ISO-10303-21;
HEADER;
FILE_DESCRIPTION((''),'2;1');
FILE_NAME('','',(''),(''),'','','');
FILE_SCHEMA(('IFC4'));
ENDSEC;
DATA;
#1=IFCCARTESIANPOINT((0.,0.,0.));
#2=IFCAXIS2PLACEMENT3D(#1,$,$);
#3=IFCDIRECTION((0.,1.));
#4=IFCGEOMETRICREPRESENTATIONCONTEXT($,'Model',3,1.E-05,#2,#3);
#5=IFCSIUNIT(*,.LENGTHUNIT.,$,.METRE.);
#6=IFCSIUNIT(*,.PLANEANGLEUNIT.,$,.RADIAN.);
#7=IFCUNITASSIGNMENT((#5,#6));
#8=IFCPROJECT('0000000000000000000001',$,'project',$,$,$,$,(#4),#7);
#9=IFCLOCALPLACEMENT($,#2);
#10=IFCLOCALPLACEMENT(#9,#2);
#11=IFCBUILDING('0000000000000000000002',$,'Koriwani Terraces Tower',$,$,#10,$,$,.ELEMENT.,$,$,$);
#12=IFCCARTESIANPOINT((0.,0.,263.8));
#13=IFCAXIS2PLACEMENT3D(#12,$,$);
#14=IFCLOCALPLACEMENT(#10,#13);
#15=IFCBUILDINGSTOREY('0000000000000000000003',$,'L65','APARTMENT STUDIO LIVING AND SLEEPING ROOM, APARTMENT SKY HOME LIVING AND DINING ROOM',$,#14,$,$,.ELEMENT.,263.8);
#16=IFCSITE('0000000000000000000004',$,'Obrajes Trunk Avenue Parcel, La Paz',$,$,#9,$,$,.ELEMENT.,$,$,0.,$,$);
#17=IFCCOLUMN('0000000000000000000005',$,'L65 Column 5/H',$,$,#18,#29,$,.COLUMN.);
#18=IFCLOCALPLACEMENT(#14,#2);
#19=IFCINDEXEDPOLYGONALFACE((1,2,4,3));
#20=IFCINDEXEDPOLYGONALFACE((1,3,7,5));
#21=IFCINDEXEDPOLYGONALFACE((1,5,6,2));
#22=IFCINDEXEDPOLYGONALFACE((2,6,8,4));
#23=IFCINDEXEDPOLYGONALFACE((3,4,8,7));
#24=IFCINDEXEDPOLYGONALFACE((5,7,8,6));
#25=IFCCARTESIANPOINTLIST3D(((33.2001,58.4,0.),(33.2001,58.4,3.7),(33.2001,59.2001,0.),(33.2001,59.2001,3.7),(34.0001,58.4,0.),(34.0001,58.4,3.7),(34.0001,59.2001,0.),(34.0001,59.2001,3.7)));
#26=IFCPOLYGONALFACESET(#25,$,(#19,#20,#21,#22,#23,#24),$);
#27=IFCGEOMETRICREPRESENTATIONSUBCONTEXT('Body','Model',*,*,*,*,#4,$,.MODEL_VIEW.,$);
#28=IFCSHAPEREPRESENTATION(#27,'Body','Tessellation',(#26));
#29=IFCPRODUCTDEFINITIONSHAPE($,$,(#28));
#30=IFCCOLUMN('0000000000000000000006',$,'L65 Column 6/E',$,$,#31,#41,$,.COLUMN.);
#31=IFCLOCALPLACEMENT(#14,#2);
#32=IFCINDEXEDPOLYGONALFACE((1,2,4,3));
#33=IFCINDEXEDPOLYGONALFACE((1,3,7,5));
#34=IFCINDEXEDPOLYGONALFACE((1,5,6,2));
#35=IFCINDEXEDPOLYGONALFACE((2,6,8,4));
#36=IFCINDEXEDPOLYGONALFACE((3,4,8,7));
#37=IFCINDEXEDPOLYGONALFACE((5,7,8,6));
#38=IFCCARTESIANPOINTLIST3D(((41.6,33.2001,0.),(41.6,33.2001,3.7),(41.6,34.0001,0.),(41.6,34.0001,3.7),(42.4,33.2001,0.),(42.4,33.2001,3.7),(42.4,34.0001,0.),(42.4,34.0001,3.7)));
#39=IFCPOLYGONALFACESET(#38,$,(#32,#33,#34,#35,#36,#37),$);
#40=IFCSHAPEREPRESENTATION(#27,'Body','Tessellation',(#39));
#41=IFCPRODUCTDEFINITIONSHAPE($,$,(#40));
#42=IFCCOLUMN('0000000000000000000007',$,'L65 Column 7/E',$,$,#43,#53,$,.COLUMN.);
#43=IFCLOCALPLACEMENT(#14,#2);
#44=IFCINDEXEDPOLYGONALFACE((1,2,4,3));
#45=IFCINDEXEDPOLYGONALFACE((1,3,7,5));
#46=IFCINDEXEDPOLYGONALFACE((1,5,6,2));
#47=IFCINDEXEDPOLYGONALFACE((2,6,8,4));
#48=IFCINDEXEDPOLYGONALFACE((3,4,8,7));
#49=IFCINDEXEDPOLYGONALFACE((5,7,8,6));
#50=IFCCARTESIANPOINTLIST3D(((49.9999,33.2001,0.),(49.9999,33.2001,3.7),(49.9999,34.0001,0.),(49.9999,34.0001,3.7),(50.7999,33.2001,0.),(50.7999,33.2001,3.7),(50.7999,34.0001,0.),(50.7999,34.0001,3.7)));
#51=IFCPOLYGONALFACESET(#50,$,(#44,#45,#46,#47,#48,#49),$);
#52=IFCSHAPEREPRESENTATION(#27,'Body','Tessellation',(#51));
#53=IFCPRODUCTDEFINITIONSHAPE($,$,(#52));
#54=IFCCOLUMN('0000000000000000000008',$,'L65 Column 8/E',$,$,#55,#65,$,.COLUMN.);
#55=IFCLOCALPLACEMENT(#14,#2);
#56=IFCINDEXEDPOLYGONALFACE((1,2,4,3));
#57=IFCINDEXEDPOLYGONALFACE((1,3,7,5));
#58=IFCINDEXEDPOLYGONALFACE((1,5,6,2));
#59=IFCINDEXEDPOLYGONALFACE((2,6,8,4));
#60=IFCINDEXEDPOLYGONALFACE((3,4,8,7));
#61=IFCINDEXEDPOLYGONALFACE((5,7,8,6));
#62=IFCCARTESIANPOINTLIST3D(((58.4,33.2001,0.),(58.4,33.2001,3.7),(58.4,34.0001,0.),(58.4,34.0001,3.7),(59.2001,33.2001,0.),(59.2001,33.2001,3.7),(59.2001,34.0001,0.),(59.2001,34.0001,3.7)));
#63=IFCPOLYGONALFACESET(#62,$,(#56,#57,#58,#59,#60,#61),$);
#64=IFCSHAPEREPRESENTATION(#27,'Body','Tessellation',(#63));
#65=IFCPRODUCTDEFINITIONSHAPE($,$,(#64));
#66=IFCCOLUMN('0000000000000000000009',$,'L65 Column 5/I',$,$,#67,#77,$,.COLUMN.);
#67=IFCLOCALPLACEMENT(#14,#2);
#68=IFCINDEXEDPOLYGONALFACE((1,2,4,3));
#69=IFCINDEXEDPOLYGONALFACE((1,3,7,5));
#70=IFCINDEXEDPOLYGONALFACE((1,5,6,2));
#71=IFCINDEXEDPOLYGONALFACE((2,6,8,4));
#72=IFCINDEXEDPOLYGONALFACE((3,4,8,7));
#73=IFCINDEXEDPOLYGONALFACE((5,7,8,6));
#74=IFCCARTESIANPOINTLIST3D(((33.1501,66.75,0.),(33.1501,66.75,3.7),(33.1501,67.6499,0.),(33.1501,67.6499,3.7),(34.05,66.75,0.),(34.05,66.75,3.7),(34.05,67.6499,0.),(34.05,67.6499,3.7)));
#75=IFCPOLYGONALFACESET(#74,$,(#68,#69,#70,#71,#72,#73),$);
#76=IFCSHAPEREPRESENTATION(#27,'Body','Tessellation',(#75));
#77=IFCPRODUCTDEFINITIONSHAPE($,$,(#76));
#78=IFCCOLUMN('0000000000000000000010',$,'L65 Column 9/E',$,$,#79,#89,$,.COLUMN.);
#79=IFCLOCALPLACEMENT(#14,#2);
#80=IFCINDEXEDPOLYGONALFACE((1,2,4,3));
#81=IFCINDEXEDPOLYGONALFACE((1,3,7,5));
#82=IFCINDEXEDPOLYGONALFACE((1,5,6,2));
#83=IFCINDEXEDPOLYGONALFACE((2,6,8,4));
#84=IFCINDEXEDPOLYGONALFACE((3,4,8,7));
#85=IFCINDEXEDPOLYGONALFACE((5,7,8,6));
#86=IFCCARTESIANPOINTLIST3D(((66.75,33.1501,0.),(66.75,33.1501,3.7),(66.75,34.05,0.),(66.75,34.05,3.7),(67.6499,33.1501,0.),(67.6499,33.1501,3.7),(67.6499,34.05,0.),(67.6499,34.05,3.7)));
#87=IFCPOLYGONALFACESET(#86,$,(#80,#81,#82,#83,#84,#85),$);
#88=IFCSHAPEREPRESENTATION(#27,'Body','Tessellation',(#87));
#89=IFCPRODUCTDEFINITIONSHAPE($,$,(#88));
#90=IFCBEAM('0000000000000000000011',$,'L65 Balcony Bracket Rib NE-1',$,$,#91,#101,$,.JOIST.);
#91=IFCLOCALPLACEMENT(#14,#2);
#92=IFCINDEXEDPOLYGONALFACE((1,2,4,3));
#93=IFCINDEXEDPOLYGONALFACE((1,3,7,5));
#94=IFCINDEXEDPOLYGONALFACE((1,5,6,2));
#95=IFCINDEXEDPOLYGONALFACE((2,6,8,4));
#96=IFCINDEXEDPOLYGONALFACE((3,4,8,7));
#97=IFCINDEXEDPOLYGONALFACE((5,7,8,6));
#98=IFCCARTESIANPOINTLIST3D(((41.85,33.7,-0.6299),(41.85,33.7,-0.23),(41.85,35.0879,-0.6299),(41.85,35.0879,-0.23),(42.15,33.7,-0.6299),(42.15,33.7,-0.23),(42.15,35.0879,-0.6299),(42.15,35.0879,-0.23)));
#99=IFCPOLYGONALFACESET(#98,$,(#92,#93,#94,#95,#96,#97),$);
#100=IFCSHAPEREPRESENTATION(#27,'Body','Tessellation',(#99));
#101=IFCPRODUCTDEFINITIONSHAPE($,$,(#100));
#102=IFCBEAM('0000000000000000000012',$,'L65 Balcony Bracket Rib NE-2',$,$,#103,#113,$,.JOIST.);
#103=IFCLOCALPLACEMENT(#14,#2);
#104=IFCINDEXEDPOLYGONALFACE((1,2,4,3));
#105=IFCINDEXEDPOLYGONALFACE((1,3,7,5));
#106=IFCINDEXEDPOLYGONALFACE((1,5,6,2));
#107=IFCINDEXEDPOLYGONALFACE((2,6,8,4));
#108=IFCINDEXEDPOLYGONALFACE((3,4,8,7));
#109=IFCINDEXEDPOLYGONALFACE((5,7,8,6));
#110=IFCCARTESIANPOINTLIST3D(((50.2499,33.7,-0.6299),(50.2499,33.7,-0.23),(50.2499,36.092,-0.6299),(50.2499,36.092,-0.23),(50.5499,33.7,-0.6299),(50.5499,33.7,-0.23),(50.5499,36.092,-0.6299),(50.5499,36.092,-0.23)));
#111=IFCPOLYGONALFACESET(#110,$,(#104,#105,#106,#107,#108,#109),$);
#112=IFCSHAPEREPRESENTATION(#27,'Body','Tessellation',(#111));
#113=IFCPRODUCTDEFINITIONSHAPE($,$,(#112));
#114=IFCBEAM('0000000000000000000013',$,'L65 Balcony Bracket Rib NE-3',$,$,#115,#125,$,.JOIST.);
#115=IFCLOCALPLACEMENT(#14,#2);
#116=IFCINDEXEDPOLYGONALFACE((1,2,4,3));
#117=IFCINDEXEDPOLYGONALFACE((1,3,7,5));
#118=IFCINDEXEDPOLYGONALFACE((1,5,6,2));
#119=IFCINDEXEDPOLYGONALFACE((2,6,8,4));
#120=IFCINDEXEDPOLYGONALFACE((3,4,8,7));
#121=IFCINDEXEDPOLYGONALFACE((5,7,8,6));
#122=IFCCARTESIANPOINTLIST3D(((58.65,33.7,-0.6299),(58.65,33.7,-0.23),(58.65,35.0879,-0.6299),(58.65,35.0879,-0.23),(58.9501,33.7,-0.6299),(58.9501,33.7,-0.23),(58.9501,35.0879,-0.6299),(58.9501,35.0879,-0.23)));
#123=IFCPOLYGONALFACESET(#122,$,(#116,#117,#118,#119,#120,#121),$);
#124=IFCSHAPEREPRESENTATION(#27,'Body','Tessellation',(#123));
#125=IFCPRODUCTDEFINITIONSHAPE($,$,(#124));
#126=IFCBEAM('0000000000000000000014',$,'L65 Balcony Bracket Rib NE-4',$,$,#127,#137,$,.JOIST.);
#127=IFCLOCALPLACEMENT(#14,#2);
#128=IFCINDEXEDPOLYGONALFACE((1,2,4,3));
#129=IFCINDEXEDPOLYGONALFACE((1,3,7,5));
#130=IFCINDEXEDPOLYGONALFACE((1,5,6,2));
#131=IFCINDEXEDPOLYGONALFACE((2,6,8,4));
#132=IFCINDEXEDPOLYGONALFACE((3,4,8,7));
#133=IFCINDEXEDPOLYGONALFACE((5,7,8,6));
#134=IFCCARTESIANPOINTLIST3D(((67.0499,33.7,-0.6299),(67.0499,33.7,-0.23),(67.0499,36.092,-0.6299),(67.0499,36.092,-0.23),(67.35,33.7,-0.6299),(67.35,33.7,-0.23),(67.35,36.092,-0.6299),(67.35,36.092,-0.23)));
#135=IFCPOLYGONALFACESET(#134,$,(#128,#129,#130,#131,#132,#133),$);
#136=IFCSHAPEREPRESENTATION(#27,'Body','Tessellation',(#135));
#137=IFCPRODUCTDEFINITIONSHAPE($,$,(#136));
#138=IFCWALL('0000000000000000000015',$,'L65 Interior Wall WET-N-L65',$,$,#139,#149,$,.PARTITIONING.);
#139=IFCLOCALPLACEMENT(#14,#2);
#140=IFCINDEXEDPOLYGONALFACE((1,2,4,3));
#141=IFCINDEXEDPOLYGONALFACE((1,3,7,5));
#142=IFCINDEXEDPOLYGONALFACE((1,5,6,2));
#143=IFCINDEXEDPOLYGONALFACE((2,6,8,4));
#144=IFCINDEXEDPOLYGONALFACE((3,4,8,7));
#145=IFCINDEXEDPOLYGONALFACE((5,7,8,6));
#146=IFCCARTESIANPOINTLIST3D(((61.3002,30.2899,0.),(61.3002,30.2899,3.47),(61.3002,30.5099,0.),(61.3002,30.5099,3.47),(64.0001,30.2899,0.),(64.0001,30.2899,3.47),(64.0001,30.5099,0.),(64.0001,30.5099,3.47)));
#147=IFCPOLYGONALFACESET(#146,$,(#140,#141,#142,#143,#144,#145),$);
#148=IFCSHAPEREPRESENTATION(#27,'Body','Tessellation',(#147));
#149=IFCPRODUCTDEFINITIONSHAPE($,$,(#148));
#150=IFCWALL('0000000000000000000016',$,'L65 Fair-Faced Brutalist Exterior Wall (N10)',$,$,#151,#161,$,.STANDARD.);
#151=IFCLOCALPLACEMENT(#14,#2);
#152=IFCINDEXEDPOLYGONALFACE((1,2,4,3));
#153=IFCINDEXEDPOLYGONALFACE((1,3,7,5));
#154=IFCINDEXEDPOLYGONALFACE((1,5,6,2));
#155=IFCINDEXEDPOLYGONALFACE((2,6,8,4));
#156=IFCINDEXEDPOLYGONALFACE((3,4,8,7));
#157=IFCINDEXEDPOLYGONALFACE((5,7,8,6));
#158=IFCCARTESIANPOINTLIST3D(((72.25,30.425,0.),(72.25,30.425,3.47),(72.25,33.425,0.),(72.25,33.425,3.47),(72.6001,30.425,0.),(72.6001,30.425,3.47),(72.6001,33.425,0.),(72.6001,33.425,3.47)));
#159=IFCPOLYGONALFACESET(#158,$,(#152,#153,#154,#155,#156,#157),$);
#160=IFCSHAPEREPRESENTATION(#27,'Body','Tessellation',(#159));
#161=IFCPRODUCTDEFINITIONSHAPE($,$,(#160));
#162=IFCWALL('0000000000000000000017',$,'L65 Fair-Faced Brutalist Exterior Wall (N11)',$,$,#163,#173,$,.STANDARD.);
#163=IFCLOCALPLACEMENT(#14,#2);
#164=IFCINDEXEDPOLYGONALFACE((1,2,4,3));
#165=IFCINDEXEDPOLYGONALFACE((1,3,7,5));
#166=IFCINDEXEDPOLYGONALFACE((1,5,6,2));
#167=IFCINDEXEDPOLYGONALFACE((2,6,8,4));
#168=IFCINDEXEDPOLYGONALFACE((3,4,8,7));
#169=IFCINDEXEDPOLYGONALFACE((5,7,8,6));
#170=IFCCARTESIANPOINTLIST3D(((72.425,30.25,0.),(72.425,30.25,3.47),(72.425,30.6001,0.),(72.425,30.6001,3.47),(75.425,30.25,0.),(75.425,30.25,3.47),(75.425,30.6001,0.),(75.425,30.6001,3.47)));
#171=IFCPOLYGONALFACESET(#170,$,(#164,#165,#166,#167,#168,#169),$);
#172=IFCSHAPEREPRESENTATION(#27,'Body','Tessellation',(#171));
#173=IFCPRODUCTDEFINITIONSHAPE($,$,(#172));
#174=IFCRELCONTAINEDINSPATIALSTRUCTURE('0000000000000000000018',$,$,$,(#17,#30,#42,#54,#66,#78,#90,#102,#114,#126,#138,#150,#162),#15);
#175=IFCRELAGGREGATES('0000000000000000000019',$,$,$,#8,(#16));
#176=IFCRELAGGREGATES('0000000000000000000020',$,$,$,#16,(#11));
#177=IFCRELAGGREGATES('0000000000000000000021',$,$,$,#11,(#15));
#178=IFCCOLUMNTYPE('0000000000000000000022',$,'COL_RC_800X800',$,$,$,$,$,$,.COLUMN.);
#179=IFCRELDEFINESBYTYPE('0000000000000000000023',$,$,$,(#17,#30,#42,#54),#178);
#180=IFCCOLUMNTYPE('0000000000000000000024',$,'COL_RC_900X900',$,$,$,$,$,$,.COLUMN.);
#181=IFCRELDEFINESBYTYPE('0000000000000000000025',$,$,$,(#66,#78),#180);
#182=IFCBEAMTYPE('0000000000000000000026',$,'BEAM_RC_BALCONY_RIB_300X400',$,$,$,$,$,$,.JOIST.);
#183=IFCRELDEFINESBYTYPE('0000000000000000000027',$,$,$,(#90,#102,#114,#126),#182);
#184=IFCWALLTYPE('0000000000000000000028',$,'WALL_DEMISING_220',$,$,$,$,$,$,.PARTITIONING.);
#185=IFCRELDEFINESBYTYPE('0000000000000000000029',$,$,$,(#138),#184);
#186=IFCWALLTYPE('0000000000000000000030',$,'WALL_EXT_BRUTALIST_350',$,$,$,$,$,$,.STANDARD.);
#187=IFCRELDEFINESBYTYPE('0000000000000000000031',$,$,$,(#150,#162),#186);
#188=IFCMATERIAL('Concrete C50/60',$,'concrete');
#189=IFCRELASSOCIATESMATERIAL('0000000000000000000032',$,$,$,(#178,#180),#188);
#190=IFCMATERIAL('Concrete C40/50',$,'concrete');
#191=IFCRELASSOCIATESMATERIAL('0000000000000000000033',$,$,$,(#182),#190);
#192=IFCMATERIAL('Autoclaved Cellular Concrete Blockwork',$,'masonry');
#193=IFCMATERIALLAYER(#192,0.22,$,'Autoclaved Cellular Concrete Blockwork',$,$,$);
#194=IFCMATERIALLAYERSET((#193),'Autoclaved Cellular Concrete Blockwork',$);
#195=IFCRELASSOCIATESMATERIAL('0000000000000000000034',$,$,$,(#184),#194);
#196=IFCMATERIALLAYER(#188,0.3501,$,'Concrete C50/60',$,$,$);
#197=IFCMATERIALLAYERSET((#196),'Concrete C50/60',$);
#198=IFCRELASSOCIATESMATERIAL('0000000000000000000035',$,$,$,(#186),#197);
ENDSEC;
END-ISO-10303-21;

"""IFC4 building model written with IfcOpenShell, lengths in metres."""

from ifc_helpers import new_model, si_unit, direction, frame, frame_2d, origin, origin_2d, place, context, subcontext, project, spatial, rectangle, extrude, material, layer, layer_set, material_profile, profile_set, type_object, element, save


model = new_model("IFC4")

# Units and contexts
model_context = context("Model", 3, precision=1e-05, world=origin(), true_north=direction((0.0, 1.0)))
body_context = subcontext(model_context, "Body", "Model", "MODEL_VIEW")
ifc_project = project(units=[si_unit("LENGTHUNIT", "METRE"), si_unit("PLANEANGLEUNIT", "RADIAN")], contexts=[model_context])

# Site, building, storey
site_placement = place(None, origin())
site = spatial("IfcSite", under=ifc_project, at=site_placement, Name="Obrajes Trunk Avenue Parcel, La Paz", CompositionType="ELEMENT", RefElevation=0.0)
building_placement = place(site_placement, origin())
building = spatial("IfcBuilding", under=site, at=building_placement, Name="Koriwani Terraces Tower", CompositionType="ELEMENT")
storey_placement = place(building_placement, frame((0.0, 0.0, 263.8)))
storey = spatial("IfcBuildingStorey", under=building, at=storey_placement, Name="L65", Description="APARTMENT STUDIO LIVING AND SLEEPING ROOM, APARTMENT SKY HOME LIVING AND DINING ROOM", CompositionType="ELEMENT", Elevation=263.8)

# Columns
ifc_material_1 = material(Name="Concrete C50/60", Category="concrete")
ifc_material_profile_1 = material_profile(ifc_material_1, rectangle(XDim=0.8, YDim=0.8, at=origin_2d()), Name="Concrete C50/60", Category="LoadBearing")
ifc_profile_set_1 = profile_set([ifc_material_profile_1], Name="Concrete C50/60")
column_type_1 = type_object("IfcColumnType", Name="COL_RC_800X800", PredefinedType="COLUMN", material=ifc_profile_set_1)
for number, where, z_axis, x_axis, name in (
    (1, (33.6001, 58.8, 0.0), (0.0, 0.0, 1.0), (1.0, 0.0, 0.0), "L65 Column 5/H"),
    (2, (42.0, 33.6001, 0.0), (0.0, 0.0, 1.0), (1.0, 0.0, 0.0), "L65 Column 6/E"),
    (3, (50.3999, 33.6001, 0.0), (0.0, 0.0, 1.0), (1.0, 0.0, 0.0), "L65 Column 7/E"),
    (4, (58.8, 33.6001, 0.0), (0.0, 0.0, 1.0), (1.0, 0.0, 0.0), "L65 Column 8/E"),
):
    element("IfcColumn", number, at=place(storey_placement, frame(where, z_axis=z_axis, x_axis=x_axis)), inside=storey, type_object=column_type_1, Name=name, PredefinedType="COLUMN", context=body_context, shape_type="SweptSolid", body=[
        extrude(rectangle(XDim=0.8, YDim=0.8, at=origin_2d()), origin(), (0.0, 0.0, 1.0), 3.7),
    ])
ifc_material_profile_2 = material_profile(ifc_material_1, rectangle(XDim=0.8999, YDim=0.8999, at=origin_2d()), Name="Concrete C50/60", Category="LoadBearing")
ifc_profile_set_2 = profile_set([ifc_material_profile_2], Name="Concrete C50/60")
column_type_2 = type_object("IfcColumnType", Name="COL_RC_900X900", PredefinedType="COLUMN", material=ifc_profile_set_2)
for number, where, z_axis, x_axis, name in (
    (5, (33.6001, 67.2, 0.0), (0.0, 0.0, 1.0), (1.0, 0.0, 0.0), "L65 Column 5/I"),
    (6, (67.2, 33.6001, 0.0), (0.0, 0.0, 1.0), (1.0, 0.0, 0.0), "L65 Column 9/E"),
):
    element("IfcColumn", number, at=place(storey_placement, frame(where, z_axis=z_axis, x_axis=x_axis)), inside=storey, type_object=column_type_2, Name=name, PredefinedType="COLUMN", context=body_context, shape_type="SweptSolid", body=[
        extrude(rectangle(XDim=0.8999, YDim=0.8999, at=origin_2d()), origin(), (0.0, 0.0, 1.0), 3.7),
    ])

# Beams
ifc_material_2 = material(Name="Concrete C40/50", Category="concrete")
ifc_material_profile_3 = material_profile(ifc_material_2, rectangle(XDim=0.3, YDim=0.3999, at=origin_2d()), Name="Concrete C40/50", Category="LoadBearing")
ifc_profile_set_3 = profile_set([ifc_material_profile_3], Name="Concrete C40/50")
beam_type = type_object("IfcBeamType", Name="BEAM_RC_BALCONY_RIB_300X400", PredefinedType="JOIST", material=ifc_profile_set_3)
beam_1_placement = place(storey_placement, frame((42.0, 33.7, -0.4299), z_axis=(0.0, 1.0, 0.0), x_axis=(-1.0, 0.0, 0.0)))
element("IfcBeam", 7, at=beam_1_placement, inside=storey, type_object=beam_type, Name="L65 Balcony Bracket Rib NE-1", PredefinedType="JOIST", context=body_context, shape_type="SweptSolid", body=[
    extrude(rectangle(XDim=0.3, YDim=0.3999, at=origin_2d()), origin(), (0.0, 0.0, 1.0), 1.3879),
])
beam_2_placement = place(storey_placement, frame((50.3999, 33.7, -0.4299), z_axis=(0.0, 1.0, 0.0), x_axis=(-1.0, 0.0, 0.0)))
element("IfcBeam", 8, at=beam_2_placement, inside=storey, type_object=beam_type, Name="L65 Balcony Bracket Rib NE-2", PredefinedType="JOIST", context=body_context, shape_type="SweptSolid", body=[
    extrude(rectangle(XDim=0.3, YDim=0.3999, at=origin_2d()), origin(), (0.0, 0.0, 1.0), 2.3921),
])
beam_3_placement = place(storey_placement, frame((58.8, 33.7, -0.4299), z_axis=(0.0, 1.0, 0.0), x_axis=(-1.0, 0.0, 0.0)))
element("IfcBeam", 9, at=beam_3_placement, inside=storey, type_object=beam_type, Name="L65 Balcony Bracket Rib NE-3", PredefinedType="JOIST", context=body_context, shape_type="SweptSolid", body=[
    extrude(rectangle(XDim=0.3, YDim=0.3999, at=origin_2d()), origin(), (0.0, 0.0, 1.0), 1.3879),
])
beam_4_placement = place(storey_placement, frame((67.2, 33.7, -0.4299), z_axis=(0.0, 1.0, 0.0), x_axis=(-1.0, 0.0, 0.0)))
element("IfcBeam", 10, at=beam_4_placement, inside=storey, type_object=beam_type, Name="L65 Balcony Bracket Rib NE-4", PredefinedType="JOIST", context=body_context, shape_type="SweptSolid", body=[
    extrude(rectangle(XDim=0.3, YDim=0.3999, at=origin_2d()), origin(), (0.0, 0.0, 1.0), 2.3921),
])

# Walls
ifc_material_3 = material(Name="Autoclaved Cellular Concrete Blockwork", Category="masonry")
ifc_layer_1 = layer(ifc_material_3, 0.22, Name="Autoclaved Cellular Concrete Blockwork")
ifc_layer_set_1 = layer_set([ifc_layer_1], Name="Autoclaved Cellular Concrete Blockwork")
wall_type_1 = type_object("IfcWallType", Name="WALL_DEMISING_220", PredefinedType="PARTITIONING", material=ifc_layer_set_1)
wall_1_placement = place(storey_placement, frame((61.3, 30.3999, 0.0), z_axis=(0.0, 0.0, 1.0), x_axis=(1.0, 0.0, 0.0)))
element("IfcWall", 11, at=wall_1_placement, inside=storey, type_object=wall_type_1, Name="L65 Interior Wall WET-N-L65", PredefinedType="PARTITIONING", context=body_context, shape_type="SweptSolid", body=[
    extrude(rectangle(XDim=2.7, YDim=0.22, at=frame_2d((1.3501, 0.0))), origin(), (0.0, 0.0, 1.0), 3.47),
])
ifc_layer_2 = layer(ifc_material_1, 0.3501, Name="Concrete C50/60")
ifc_layer_set_2 = layer_set([ifc_layer_2], Name="Concrete C50/60")
wall_type_2 = type_object("IfcWallType", Name="WALL_EXT_BRUTALIST_350", PredefinedType="STANDARD", material=ifc_layer_set_2)
for number, where, z_axis, x_axis, name in (
    (12, (72.425, 33.425, 0.0), (0.0, 0.0, 1.0), (0.0, -1.0, 0.0), "L65 Fair-Faced Brutalist Exterior Wall (N10)"),
    (13, (72.425, 30.425, 0.0), (0.0, 0.0, 1.0), (1.0, 0.0, 0.0), "L65 Fair-Faced Brutalist Exterior Wall (N11)"),
):
    element("IfcWall", number, at=place(storey_placement, frame(where, z_axis=z_axis, x_axis=x_axis)), inside=storey, type_object=wall_type_2, Name=name, PredefinedType="STANDARD", context=body_context, shape_type="SweptSolid", body=[
        extrude(rectangle(XDim=3.0, YDim=0.3501, at=frame_2d((1.5, 0.0))), origin(), (0.0, 0.0, 1.0), 3.47),
    ])

save(model, "model.ifc")
